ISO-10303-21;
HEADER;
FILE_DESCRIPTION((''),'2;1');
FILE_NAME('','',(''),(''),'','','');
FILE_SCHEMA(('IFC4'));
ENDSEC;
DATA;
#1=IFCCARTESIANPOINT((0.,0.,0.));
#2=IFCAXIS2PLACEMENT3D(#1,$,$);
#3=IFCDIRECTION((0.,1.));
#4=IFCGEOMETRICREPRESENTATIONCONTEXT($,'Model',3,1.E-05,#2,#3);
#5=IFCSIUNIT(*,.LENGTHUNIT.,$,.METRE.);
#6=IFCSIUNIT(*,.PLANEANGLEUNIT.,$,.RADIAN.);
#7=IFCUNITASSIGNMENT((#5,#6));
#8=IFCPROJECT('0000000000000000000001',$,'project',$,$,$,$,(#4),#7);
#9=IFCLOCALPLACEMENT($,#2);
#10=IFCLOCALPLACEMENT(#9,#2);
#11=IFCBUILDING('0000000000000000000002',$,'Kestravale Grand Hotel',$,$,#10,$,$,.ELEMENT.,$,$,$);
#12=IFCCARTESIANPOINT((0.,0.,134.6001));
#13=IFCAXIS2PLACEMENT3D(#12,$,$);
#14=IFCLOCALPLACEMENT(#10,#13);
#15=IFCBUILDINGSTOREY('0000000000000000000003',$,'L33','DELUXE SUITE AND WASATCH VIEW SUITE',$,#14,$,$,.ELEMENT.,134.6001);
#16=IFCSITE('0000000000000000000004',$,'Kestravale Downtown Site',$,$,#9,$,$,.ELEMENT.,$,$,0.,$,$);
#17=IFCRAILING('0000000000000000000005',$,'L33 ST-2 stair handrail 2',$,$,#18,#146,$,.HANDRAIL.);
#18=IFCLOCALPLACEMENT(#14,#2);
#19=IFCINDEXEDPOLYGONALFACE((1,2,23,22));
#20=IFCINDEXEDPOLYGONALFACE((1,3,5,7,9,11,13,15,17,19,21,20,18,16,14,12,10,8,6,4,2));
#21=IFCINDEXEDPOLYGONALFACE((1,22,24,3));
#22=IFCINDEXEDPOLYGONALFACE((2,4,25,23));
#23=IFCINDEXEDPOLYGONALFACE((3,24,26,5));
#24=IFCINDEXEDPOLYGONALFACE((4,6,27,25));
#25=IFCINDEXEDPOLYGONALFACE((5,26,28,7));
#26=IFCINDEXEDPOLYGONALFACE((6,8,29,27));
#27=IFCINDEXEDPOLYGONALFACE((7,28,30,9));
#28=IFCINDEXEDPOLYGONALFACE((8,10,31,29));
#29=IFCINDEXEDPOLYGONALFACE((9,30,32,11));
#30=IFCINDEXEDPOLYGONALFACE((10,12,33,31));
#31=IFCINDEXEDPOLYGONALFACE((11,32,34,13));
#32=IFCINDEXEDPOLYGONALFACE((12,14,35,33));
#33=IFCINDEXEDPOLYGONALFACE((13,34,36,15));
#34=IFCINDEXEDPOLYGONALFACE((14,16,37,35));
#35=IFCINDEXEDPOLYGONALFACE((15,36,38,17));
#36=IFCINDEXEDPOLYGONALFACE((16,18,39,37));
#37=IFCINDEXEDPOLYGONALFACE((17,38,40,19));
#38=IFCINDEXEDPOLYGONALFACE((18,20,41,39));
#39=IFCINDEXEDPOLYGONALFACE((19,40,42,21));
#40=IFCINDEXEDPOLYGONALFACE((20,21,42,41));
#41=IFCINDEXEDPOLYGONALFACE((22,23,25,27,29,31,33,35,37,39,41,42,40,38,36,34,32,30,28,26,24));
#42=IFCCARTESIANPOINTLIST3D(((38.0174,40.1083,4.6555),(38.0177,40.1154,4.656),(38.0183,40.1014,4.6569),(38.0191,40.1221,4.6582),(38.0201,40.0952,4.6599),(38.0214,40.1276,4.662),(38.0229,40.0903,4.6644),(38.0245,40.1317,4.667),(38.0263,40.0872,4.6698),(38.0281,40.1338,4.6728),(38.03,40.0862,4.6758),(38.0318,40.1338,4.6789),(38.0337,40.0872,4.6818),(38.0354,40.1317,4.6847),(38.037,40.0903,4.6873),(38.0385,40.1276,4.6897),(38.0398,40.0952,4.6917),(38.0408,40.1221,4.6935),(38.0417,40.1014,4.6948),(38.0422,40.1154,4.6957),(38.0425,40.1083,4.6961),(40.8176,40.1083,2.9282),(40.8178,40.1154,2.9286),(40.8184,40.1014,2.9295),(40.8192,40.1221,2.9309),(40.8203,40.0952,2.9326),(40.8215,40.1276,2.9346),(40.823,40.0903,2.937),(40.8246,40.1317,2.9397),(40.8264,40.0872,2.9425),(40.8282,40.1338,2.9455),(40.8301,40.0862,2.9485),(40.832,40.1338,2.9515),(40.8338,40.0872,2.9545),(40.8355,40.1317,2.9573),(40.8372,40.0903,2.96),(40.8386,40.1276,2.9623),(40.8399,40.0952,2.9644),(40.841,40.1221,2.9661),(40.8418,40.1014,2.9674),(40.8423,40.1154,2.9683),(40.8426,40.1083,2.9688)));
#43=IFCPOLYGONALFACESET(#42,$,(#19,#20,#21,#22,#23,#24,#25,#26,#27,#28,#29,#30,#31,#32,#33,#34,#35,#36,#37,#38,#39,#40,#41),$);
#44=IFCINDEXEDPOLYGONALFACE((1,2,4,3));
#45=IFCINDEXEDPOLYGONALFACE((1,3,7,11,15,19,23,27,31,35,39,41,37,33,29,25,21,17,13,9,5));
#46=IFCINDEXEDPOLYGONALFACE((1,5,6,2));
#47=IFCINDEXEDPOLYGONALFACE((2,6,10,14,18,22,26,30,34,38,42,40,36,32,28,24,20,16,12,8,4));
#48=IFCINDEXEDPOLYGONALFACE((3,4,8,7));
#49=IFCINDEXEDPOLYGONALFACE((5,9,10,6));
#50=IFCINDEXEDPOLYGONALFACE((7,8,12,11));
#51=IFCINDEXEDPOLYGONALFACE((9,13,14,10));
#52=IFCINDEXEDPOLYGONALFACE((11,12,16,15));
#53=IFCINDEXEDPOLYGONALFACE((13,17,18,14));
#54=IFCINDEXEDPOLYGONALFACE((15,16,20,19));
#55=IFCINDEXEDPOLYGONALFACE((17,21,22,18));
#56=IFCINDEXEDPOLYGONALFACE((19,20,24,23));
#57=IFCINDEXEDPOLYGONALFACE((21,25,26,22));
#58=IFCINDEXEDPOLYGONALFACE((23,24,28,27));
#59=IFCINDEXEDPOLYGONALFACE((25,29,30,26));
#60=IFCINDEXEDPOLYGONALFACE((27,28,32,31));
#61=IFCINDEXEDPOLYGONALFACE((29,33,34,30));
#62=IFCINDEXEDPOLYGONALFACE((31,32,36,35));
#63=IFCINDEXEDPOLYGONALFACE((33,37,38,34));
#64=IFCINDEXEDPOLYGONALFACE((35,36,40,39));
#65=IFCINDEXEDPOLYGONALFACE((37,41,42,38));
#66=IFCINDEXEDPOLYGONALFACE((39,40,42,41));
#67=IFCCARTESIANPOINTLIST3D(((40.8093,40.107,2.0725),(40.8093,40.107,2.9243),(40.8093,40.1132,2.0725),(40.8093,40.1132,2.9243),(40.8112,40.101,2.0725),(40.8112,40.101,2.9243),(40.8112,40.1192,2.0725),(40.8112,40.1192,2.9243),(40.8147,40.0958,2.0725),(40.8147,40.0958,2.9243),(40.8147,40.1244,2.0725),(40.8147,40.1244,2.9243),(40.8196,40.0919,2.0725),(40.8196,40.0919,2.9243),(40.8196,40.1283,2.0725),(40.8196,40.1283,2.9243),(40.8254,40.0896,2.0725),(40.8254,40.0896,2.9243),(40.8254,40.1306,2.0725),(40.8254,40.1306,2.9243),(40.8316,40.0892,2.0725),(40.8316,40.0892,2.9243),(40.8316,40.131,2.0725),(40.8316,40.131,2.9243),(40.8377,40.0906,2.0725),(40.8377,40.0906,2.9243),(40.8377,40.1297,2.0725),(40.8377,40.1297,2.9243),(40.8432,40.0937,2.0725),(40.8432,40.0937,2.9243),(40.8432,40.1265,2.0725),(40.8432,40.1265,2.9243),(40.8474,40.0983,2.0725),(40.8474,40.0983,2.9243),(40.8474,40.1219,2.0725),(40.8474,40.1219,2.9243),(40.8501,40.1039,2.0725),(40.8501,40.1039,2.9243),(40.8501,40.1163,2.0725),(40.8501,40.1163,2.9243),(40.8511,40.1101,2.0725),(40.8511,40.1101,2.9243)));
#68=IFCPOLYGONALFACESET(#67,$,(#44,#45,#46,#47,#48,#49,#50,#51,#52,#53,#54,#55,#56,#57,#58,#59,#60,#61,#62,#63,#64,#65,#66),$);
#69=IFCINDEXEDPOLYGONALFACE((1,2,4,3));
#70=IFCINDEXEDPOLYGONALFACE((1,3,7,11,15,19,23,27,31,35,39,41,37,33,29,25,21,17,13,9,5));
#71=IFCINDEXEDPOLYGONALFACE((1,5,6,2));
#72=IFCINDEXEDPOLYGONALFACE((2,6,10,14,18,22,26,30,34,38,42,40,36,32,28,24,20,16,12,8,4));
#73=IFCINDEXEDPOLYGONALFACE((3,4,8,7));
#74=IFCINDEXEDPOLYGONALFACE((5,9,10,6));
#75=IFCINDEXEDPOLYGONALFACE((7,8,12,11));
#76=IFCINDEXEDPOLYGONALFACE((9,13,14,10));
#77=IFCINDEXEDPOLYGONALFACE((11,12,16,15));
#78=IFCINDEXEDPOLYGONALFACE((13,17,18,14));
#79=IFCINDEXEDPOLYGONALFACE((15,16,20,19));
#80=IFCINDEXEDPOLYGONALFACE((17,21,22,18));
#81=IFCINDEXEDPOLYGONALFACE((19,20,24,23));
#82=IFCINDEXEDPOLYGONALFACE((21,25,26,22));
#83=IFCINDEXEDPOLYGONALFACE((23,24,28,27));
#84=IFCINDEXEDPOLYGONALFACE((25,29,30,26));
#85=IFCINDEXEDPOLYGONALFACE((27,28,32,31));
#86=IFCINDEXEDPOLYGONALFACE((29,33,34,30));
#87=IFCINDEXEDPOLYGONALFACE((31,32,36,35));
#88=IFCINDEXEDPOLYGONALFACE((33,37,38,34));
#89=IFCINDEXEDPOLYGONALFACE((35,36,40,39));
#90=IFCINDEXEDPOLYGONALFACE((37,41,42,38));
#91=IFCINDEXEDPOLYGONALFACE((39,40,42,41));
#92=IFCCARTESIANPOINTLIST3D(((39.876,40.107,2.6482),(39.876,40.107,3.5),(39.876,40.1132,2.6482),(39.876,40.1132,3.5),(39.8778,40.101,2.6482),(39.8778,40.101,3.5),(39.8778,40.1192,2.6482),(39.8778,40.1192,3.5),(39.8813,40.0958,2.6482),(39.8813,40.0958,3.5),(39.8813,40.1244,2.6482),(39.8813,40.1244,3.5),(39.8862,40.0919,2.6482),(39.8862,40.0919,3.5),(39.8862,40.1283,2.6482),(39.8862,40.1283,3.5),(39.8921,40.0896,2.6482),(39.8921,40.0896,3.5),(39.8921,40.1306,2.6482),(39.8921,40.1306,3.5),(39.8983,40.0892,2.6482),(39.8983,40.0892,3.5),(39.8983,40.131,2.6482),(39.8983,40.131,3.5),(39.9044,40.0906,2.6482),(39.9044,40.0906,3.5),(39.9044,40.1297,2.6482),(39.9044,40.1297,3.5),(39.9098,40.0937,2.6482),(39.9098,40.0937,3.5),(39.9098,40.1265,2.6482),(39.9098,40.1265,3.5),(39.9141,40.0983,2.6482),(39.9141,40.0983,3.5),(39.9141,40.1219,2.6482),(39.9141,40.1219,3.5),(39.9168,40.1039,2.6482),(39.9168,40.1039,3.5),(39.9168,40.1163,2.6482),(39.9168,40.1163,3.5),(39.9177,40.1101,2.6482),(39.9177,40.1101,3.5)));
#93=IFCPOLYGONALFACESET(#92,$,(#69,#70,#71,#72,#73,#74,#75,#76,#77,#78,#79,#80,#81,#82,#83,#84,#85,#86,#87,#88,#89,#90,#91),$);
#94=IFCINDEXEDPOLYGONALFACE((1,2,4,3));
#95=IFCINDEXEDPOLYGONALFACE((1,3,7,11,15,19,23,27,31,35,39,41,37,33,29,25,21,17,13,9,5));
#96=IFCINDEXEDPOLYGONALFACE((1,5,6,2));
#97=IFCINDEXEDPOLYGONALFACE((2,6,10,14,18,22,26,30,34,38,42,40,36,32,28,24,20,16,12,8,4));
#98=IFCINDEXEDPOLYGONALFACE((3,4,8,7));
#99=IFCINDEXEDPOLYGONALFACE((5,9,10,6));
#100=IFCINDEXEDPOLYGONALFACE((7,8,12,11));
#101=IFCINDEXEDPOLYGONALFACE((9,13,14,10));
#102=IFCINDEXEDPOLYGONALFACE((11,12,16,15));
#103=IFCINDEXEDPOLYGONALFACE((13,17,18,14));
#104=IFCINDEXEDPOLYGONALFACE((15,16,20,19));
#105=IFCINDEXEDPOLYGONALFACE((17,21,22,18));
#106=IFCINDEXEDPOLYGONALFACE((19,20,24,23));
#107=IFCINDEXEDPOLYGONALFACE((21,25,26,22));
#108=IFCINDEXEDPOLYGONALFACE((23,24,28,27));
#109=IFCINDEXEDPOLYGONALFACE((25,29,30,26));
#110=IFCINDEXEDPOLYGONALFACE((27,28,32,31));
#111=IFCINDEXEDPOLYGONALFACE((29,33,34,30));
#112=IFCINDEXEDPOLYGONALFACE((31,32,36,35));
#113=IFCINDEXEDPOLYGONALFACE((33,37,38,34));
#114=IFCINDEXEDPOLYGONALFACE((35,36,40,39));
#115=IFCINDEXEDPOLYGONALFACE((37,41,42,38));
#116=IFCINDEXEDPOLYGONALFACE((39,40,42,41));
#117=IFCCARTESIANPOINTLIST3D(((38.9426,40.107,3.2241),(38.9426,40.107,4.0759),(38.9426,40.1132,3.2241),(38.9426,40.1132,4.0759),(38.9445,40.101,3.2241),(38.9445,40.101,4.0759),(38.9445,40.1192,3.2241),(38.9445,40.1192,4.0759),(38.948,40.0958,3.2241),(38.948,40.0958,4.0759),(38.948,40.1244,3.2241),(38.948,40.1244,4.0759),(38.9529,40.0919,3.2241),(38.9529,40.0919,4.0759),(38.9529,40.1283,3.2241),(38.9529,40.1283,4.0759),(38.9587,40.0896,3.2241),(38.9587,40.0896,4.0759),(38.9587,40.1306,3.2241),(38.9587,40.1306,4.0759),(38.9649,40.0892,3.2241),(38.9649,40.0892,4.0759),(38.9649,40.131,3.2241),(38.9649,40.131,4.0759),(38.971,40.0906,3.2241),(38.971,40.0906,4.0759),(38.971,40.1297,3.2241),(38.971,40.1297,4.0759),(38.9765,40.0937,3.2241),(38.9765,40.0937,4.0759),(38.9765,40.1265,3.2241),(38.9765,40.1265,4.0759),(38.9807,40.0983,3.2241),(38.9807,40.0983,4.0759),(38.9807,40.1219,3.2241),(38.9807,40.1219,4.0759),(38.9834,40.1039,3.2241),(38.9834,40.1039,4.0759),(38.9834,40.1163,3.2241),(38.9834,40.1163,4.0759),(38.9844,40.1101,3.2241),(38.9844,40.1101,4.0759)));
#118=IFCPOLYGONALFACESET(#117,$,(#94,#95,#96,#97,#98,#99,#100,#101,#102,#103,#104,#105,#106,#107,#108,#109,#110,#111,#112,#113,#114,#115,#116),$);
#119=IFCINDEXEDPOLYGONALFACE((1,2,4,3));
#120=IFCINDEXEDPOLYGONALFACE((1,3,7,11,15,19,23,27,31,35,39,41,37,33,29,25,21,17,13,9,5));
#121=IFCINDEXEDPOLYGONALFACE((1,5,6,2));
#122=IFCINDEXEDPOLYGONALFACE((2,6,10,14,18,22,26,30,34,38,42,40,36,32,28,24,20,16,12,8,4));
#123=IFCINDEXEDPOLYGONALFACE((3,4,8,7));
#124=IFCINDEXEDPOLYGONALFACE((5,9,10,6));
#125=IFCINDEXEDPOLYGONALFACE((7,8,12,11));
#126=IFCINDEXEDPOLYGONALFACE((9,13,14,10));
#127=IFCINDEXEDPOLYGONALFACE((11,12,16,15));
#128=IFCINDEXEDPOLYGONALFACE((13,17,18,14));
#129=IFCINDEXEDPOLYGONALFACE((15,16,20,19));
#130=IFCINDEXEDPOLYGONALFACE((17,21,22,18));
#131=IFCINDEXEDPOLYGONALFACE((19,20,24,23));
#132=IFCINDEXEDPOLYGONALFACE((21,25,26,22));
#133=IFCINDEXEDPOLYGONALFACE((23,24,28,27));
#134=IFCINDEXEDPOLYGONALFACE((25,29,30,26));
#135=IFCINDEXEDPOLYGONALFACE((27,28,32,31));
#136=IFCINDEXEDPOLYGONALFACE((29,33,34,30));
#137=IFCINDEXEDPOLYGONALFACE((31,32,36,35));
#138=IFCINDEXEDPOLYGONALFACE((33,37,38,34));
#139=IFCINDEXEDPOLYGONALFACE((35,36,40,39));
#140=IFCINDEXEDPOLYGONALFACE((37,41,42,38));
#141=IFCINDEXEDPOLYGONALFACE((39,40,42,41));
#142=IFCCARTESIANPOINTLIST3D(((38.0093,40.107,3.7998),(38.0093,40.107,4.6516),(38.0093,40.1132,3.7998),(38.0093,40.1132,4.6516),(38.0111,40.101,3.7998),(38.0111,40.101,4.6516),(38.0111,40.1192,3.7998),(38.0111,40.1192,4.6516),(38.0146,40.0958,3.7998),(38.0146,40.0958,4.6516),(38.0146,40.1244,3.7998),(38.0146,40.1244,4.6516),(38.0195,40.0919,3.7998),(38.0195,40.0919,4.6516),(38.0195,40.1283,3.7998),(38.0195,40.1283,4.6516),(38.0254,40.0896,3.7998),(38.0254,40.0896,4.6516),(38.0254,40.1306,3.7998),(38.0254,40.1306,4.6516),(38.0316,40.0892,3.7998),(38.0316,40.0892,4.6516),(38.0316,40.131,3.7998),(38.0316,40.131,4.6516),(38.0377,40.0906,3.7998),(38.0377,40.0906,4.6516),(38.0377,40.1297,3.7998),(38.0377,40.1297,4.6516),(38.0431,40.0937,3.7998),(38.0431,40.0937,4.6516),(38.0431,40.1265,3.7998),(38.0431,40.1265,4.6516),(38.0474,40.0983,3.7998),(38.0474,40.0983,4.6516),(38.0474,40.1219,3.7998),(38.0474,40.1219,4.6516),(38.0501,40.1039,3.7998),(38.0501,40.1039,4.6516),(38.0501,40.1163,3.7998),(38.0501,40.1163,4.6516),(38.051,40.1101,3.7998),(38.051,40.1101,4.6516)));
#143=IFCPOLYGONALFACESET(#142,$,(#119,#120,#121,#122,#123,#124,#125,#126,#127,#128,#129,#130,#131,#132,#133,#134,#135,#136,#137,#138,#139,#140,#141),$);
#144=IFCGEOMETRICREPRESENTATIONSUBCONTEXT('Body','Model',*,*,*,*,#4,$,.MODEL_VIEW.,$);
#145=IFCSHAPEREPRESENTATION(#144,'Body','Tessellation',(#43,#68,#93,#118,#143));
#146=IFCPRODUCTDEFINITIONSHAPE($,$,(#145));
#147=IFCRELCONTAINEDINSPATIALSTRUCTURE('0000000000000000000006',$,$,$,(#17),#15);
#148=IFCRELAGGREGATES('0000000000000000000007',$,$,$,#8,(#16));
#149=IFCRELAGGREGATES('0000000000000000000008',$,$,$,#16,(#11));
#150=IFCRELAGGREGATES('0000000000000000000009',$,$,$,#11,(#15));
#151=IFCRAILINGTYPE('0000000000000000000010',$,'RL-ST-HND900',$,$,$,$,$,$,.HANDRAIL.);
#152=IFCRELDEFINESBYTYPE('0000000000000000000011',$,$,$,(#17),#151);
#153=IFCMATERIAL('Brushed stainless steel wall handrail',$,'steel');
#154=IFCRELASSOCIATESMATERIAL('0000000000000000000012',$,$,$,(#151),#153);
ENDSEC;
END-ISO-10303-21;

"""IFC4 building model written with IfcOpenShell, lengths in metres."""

from ifc_helpers import new_model, si_unit, direction, frame, origin, origin_2d, place, context, subcontext, project, spatial, circle, extrude, material, type_object, element, save


model = new_model("IFC4")

# Units and contexts
model_context = context("Model", 3, precision=1e-05, world=origin(), true_north=direction((0.0, 1.0)))
body_context = subcontext(model_context, "Body", "Model", "MODEL_VIEW")
ifc_project = project(units=[si_unit("LENGTHUNIT", "METRE"), si_unit("PLANEANGLEUNIT", "RADIAN")], contexts=[model_context])

# Site, building, storey
site_placement = place(None, origin())
site = spatial("IfcSite", under=ifc_project, at=site_placement, Name="Kestravale Downtown Site", CompositionType="ELEMENT", RefElevation=0.0)
building_placement = place(site_placement, origin())
building = spatial("IfcBuilding", under=site, at=building_placement, Name="Kestravale Grand Hotel", CompositionType="ELEMENT")
storey_placement = place(building_placement, frame((0.0, 0.0, 134.6001)))
storey = spatial("IfcBuildingStorey", under=building, at=storey_placement, Name="L33", Description="DELUXE SUITE AND WASATCH VIEW SUITE", CompositionType="ELEMENT", Elevation=134.6001)

# Railing
ifc_material_1 = material(Name="Brushed stainless steel wall handrail", Category="steel")
railing_type_1 = type_object("IfcRailingType", Name="RL-ST-HND900", PredefinedType="HANDRAIL", material=ifc_material_1)
railing_1_placement = place(storey_placement, frame((40.8301, 40.1101, 2.0725)))
element("IfcRailing", 1, at=railing_1_placement, inside=storey, type_object=railing_type_1, Name="L33 ST-2 stair handrail 2", PredefinedType="HANDRAIL", context=body_context, shape_type="SweptSolid", body=[
    extrude(circle(Radius=0.0239, at=origin_2d()), frame((0.0, 0.0, 0.876), z_axis=(-0.85109, 0.0, 0.52502), x_axis=(0.0, -1.0, 0.0)), (0.0, 0.0, 1.0), 3.29),
    extrude(circle(Radius=0.021, at=origin_2d()), origin(), (0.0, 0.0, 1.0), 0.8518),
    extrude(circle(Radius=0.021, at=origin_2d()), frame((-0.9333, 0.0, 0.5757)), (0.0, 0.0, 1.0), 0.8518),
    extrude(circle(Radius=0.021, at=origin_2d()), frame((-1.8667, 0.0, 1.1516)), (0.0, 0.0, 1.0), 0.8518),
    extrude(circle(Radius=0.021, at=origin_2d()), frame((-2.8, 0.0, 1.7273)), (0.0, 0.0, 1.0), 0.8518),
])

save(model, "model.ifc")
